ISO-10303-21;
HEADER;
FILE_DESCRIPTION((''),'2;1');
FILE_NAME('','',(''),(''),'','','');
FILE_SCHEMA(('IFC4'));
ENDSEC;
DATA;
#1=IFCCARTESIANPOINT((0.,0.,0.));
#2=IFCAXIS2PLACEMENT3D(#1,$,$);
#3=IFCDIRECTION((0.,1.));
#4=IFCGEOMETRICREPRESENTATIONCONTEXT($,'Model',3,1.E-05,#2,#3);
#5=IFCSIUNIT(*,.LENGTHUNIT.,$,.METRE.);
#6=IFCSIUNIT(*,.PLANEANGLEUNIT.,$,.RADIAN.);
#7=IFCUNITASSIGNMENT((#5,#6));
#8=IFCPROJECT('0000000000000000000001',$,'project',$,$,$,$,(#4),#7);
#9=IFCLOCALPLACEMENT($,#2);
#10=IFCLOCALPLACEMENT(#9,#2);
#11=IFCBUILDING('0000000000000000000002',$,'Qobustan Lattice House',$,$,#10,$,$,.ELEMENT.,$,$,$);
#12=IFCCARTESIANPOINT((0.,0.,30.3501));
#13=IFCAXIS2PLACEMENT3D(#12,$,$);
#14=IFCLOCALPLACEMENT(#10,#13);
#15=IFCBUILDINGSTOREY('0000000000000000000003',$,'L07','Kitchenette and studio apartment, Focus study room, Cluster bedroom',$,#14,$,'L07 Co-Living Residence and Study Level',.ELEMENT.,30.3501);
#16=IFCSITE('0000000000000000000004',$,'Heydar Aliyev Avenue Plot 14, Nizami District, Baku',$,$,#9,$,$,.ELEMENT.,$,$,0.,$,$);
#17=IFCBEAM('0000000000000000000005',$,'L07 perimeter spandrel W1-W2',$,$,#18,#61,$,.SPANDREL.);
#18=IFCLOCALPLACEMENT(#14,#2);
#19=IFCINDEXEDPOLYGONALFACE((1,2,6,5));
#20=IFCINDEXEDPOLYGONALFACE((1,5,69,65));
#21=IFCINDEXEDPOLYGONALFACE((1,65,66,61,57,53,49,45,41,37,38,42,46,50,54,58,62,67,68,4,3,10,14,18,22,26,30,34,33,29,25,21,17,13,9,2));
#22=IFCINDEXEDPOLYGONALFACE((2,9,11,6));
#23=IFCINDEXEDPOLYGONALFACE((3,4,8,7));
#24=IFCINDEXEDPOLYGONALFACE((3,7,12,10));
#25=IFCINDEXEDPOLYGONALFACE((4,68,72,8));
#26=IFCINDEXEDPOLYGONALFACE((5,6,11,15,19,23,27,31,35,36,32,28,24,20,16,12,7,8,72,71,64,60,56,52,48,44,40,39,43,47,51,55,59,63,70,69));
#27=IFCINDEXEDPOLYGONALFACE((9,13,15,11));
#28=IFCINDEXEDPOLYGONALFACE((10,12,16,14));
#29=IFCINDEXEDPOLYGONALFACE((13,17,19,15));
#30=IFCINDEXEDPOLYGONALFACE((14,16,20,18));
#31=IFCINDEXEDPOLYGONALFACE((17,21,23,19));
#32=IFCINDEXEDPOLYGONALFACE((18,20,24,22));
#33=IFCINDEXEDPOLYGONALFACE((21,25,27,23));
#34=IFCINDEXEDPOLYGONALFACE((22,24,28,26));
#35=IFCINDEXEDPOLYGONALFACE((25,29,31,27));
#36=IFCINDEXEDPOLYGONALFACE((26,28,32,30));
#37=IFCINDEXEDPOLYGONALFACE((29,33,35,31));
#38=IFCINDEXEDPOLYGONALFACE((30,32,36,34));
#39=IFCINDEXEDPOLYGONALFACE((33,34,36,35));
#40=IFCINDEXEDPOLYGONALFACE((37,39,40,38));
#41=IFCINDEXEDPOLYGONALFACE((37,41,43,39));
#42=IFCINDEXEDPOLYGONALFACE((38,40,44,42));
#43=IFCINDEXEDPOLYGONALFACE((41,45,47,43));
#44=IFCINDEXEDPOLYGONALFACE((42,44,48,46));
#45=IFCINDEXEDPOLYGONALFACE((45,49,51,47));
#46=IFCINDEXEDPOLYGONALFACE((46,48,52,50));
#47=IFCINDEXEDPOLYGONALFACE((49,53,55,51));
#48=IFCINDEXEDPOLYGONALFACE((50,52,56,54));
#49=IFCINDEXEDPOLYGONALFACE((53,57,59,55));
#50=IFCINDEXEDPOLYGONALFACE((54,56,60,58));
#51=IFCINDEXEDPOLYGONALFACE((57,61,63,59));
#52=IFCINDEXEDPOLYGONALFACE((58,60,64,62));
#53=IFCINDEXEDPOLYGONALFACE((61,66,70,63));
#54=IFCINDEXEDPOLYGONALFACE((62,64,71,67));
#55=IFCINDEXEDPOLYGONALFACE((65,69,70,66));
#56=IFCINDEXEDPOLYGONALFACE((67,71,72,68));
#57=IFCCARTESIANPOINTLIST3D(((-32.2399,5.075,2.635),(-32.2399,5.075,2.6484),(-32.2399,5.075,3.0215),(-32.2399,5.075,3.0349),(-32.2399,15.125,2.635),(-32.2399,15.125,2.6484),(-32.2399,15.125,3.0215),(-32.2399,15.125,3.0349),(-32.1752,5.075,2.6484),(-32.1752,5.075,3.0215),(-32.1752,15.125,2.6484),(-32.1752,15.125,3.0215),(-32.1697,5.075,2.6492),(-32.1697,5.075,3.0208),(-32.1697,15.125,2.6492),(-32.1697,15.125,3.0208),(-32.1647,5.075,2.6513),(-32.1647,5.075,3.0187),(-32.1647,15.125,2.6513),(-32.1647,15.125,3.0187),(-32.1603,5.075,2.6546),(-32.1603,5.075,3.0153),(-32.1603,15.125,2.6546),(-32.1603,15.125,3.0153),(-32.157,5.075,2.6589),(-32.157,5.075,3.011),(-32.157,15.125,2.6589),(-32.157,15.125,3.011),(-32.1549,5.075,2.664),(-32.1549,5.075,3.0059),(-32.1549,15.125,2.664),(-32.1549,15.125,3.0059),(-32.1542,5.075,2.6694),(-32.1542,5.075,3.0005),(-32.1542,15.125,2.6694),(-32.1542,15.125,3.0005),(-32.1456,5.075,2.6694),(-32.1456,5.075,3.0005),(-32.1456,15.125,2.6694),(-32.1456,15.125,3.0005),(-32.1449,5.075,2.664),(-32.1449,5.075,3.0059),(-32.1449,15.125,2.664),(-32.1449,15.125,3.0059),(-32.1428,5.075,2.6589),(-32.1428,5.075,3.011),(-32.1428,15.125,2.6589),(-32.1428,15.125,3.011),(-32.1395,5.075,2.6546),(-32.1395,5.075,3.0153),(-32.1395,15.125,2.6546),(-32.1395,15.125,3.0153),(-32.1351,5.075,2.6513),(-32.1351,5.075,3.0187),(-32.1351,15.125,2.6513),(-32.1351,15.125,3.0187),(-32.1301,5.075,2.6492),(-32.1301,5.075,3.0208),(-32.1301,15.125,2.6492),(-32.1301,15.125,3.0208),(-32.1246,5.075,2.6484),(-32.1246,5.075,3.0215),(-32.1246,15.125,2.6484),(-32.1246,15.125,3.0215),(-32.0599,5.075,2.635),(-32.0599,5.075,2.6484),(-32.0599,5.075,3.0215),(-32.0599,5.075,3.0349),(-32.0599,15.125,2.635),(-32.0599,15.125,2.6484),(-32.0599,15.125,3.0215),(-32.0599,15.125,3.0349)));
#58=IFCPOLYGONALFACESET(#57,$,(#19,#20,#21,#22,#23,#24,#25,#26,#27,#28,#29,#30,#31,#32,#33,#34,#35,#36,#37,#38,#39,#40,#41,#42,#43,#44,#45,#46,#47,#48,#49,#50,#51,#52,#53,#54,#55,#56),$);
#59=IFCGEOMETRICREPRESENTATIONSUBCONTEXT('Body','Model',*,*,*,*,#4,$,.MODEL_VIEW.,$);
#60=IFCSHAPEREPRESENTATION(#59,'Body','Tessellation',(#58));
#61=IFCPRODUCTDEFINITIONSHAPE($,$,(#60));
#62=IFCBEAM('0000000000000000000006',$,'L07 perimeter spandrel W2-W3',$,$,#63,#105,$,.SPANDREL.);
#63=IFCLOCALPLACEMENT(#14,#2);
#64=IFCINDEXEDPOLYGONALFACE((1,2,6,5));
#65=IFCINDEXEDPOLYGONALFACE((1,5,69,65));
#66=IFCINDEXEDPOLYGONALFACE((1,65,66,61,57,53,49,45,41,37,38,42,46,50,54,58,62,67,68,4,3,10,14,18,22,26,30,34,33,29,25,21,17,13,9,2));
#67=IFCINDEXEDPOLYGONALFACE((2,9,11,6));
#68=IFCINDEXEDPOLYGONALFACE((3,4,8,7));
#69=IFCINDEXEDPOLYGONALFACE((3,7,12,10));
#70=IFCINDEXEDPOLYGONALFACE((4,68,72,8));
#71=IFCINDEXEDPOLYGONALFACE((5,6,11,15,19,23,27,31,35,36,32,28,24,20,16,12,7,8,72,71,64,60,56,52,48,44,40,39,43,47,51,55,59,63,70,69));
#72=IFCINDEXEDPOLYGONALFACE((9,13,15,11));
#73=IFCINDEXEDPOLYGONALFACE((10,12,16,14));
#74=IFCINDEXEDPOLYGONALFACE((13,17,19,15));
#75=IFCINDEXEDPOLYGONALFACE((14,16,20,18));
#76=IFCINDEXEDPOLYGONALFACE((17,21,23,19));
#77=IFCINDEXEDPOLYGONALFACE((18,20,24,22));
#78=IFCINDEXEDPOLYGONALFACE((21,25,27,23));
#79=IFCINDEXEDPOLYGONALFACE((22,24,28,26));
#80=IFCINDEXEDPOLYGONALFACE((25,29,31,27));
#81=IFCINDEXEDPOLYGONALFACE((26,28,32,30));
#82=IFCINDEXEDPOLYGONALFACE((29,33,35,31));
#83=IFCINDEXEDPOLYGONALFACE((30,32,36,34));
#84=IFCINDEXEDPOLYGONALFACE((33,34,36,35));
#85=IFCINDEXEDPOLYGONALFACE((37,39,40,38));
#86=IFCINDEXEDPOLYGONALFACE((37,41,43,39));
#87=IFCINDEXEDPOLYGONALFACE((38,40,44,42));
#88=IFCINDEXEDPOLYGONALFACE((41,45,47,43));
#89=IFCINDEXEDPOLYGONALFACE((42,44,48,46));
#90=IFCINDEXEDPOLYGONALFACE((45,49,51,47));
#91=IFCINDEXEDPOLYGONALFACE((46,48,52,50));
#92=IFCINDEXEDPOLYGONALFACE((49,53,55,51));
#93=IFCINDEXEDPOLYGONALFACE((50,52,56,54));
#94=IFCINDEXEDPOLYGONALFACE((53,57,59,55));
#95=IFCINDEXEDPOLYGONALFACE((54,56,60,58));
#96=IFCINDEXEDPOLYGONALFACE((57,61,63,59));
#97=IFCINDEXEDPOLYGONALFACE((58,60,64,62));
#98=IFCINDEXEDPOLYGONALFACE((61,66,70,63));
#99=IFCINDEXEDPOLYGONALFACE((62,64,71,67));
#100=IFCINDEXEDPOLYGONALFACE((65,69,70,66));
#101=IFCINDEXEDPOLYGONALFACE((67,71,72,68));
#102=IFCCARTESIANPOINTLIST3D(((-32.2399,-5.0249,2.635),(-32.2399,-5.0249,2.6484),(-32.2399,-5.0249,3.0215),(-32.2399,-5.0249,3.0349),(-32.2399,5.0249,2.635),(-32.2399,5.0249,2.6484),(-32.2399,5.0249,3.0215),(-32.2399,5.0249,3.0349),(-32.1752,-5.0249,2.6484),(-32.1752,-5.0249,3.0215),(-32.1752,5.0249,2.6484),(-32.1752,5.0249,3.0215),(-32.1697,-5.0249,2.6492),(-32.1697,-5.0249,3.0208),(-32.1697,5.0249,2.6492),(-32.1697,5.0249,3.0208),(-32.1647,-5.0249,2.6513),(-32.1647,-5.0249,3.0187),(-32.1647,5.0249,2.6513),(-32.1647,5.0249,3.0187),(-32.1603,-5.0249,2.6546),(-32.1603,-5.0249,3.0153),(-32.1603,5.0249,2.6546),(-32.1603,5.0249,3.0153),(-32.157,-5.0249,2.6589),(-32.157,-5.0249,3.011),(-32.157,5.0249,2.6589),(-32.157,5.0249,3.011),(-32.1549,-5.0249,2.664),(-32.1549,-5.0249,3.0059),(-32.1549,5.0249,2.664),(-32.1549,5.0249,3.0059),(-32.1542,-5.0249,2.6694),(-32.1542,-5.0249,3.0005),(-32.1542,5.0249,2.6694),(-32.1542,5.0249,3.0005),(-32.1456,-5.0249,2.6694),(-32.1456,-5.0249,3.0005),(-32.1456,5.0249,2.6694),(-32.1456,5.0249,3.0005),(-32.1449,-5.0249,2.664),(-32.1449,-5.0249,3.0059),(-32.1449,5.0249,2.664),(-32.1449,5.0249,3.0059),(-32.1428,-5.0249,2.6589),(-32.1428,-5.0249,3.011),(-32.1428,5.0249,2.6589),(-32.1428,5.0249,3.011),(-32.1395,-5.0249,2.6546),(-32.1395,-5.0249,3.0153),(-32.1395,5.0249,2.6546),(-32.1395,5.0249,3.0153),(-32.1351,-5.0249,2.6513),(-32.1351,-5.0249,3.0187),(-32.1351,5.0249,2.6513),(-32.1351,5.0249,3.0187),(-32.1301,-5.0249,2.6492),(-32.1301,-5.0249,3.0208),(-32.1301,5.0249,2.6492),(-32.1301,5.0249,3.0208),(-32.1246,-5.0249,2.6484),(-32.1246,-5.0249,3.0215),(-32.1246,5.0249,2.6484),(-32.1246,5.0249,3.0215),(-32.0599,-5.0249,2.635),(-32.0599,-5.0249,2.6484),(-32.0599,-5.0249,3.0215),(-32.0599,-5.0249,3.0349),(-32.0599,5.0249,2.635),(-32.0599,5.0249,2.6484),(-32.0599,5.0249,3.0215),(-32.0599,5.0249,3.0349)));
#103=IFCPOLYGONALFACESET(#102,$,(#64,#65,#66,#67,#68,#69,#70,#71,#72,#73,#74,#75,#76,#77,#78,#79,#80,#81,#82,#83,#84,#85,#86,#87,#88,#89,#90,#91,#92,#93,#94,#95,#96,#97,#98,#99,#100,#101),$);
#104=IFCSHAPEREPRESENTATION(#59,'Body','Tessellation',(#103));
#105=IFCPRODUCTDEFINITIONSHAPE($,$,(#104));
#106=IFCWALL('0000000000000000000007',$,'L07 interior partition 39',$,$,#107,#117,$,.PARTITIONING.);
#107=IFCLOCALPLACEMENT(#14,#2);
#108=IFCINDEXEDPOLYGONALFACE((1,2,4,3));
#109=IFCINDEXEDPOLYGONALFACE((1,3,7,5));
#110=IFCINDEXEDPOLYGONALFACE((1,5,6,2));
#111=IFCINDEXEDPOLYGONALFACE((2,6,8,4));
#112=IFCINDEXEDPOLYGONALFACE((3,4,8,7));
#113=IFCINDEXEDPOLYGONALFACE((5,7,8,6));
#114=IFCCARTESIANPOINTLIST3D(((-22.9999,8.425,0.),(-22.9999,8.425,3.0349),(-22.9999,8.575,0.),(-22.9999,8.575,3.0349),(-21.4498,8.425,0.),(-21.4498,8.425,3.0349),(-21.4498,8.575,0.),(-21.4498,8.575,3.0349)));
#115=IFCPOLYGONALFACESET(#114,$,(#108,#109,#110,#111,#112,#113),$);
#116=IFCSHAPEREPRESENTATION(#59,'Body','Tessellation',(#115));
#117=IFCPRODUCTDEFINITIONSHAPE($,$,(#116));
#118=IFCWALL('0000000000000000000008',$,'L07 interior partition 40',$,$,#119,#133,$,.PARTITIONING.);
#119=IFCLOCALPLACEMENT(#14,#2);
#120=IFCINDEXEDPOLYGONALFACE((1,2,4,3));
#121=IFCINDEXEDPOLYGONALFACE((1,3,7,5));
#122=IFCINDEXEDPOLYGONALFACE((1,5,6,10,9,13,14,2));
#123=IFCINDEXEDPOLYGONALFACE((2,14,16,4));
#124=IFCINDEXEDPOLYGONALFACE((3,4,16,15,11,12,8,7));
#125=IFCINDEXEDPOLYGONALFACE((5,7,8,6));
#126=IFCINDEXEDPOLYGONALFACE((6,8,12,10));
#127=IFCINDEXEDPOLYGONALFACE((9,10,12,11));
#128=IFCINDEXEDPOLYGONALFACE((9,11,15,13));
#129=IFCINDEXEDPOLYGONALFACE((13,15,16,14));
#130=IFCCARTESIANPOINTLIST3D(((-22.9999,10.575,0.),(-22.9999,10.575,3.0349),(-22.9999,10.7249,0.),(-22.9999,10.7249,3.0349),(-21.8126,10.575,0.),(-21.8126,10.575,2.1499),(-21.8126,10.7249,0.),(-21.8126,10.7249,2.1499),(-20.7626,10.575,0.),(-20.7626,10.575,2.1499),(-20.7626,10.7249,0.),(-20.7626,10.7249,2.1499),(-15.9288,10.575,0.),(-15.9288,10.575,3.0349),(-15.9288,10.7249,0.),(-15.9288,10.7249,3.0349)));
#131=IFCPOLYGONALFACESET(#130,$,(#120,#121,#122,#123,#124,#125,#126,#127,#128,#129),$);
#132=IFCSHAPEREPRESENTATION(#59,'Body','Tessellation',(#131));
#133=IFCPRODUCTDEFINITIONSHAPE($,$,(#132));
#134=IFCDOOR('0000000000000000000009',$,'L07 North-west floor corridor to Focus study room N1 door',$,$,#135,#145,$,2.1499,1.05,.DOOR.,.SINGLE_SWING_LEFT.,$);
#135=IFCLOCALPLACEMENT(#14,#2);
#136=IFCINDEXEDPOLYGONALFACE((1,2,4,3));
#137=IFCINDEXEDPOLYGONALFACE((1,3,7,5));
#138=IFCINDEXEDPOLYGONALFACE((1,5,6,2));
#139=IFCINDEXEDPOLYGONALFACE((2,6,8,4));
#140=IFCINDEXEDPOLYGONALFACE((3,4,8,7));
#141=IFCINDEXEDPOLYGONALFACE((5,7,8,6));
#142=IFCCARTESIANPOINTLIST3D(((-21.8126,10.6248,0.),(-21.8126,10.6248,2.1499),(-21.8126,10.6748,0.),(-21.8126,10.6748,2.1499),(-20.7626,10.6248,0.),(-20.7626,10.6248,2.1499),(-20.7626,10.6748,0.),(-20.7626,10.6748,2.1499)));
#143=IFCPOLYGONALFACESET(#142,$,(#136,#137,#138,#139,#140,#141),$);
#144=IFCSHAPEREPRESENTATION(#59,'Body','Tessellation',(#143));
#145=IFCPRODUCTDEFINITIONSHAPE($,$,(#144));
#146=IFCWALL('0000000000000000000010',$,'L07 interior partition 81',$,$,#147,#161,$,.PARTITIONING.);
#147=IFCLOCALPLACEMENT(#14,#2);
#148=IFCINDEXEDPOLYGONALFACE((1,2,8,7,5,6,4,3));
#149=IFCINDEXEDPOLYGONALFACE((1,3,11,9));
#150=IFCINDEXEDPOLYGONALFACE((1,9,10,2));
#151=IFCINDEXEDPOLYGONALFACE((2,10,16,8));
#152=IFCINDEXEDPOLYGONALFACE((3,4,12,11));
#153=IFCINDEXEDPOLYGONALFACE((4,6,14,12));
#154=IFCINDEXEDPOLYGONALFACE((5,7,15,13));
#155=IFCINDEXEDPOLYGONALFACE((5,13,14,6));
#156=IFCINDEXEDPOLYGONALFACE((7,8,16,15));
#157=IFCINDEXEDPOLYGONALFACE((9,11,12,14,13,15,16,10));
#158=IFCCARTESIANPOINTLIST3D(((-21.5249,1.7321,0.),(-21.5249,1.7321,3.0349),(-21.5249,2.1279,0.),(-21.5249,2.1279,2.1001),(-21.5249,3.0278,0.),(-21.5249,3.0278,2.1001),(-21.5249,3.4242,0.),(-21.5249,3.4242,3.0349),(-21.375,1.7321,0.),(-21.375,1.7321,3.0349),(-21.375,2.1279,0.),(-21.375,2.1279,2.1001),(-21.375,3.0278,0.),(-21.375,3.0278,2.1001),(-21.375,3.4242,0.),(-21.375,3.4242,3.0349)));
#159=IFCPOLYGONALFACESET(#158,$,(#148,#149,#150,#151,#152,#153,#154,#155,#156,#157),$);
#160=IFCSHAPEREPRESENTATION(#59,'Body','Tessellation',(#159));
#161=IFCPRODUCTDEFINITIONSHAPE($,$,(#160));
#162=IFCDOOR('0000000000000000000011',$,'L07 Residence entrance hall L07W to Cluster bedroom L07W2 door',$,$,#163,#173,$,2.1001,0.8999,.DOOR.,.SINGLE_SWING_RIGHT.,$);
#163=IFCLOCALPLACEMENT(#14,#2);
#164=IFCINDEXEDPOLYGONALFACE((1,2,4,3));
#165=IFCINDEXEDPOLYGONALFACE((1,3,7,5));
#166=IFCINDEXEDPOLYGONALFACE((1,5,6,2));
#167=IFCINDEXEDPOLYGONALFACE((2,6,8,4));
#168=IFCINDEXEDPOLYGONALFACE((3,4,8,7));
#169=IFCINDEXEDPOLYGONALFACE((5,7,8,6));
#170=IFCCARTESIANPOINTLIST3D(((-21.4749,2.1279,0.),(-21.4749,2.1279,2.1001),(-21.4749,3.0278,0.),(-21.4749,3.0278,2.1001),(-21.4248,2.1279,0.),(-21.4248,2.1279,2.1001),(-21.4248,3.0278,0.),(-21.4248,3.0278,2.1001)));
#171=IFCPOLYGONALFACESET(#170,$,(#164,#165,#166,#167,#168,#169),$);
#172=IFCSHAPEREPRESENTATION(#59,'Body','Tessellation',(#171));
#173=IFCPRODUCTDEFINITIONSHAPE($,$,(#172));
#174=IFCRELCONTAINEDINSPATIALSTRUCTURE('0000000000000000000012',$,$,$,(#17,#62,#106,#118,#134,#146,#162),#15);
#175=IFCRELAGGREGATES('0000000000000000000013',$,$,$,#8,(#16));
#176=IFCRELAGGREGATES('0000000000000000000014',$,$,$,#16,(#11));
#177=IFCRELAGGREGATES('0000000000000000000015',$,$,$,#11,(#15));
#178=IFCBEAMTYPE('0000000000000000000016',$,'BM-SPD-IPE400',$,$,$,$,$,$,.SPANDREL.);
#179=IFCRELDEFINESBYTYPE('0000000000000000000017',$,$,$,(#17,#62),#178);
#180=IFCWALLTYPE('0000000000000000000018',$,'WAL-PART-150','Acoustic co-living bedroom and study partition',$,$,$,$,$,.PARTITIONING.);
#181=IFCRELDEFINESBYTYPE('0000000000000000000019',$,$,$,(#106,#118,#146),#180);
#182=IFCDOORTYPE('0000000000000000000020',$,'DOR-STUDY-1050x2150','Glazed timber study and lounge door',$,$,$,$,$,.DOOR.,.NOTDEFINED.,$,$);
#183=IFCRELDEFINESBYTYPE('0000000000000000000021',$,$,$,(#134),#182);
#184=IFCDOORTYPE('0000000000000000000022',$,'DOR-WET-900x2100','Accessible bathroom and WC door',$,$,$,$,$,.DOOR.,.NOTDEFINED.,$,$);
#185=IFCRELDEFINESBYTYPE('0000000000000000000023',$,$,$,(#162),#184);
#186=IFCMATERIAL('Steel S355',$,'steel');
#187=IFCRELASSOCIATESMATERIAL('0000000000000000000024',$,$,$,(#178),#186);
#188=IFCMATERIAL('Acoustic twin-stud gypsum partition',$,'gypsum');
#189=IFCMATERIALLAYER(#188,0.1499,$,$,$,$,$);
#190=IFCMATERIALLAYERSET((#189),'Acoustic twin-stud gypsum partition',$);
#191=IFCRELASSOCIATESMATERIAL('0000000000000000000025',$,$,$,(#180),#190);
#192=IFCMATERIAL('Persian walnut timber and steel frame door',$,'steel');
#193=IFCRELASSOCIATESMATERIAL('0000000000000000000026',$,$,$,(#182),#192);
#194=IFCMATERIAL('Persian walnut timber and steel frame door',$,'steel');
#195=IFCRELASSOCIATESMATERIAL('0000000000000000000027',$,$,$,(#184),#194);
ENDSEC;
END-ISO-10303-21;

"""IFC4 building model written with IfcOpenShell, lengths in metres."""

from ifc_helpers import new_model, si_unit, direction, frame, frame_2d, origin, origin_2d, place, context, subcontext, project, spatial, rectangle, i_section, extrude, material, layer, layer_set, material_profile, profile_set, type_object, element, fill, save


model = new_model("IFC4")

# Units and contexts
model_context = context("Model", 3, precision=1e-05, world=origin(), true_north=direction((0.0, 1.0)))
body_context = subcontext(model_context, "Body", "Model", "MODEL_VIEW")
ifc_project = project(units=[si_unit("LENGTHUNIT", "METRE"), si_unit("PLANEANGLEUNIT", "RADIAN")], contexts=[model_context])

# Site, building, storey
site_placement = place(None, origin())
site = spatial("IfcSite", under=ifc_project, at=site_placement, Name="Heydar Aliyev Avenue Plot 14, Nizami District, Baku", CompositionType="ELEMENT", RefElevation=0.0)
building_placement = place(site_placement, origin())
building = spatial("IfcBuilding", under=site, at=building_placement, Name="Qobustan Lattice House", CompositionType="ELEMENT")
storey_placement = place(building_placement, frame((0.0, 0.0, 30.3501)))
storey = spatial("IfcBuildingStorey", under=building, at=storey_placement, Name="L07", Description="Kitchenette and studio apartment, Focus study room, Cluster bedroom", LongName="L07 Co-Living Residence and Study Level", CompositionType="ELEMENT", Elevation=30.3501)

# Beams
ifc_material_1 = material(Name="Steel S355", Category="steel")
ifc_material_profile_1 = material_profile(ifc_material_1, i_section(OverallWidth=0.1799, OverallDepth=0.3999, WebThickness=0.0085, FlangeThickness=0.0134, FilletRadius=0.021, at=origin_2d()), Name="IPE400")
ifc_profile_set_1 = profile_set([ifc_material_profile_1], Name="Steel S355")
beam_type_1 = type_object("IfcBeamType", Name="BM-SPD-IPE400", PredefinedType="SPANDREL", material=ifc_profile_set_1)
beam_1_placement = place(storey_placement, frame((-32.1499, 15.125, 2.835), z_axis=(0.0, -1.0, 0.0), x_axis=(1.0, 0.0, 0.0)))
element("IfcBeam", 1, at=beam_1_placement, inside=storey, type_object=beam_type_1, Name="L07 perimeter spandrel W1-W2", PredefinedType="SPANDREL", context=body_context, shape_type="SweptSolid", body=[
    extrude(i_section(OverallWidth=0.1799, OverallDepth=0.3999, WebThickness=0.0085, FlangeThickness=0.0134, FilletRadius=0.021, at=origin_2d()), origin(), (0.0, 0.0, 1.0), 10.05),
])
beam_2_placement = place(storey_placement, frame((-32.1499, 5.0249, 2.835), z_axis=(0.0, -1.0, 0.0), x_axis=(1.0, 0.0, 0.0)))
element("IfcBeam", 2, at=beam_2_placement, inside=storey, type_object=beam_type_1, Name="L07 perimeter spandrel W2-W3", PredefinedType="SPANDREL", context=body_context, shape_type="SweptSolid", body=[
    extrude(i_section(OverallWidth=0.1799, OverallDepth=0.3999, WebThickness=0.0085, FlangeThickness=0.0134, FilletRadius=0.021, at=origin_2d()), origin(), (0.0, 0.0, 1.0), 10.0498),
])

# Wall
ifc_material_2 = material(Name="Acoustic twin-stud gypsum partition", Category="gypsum")
ifc_layer_1 = layer(ifc_material_2, 0.1499)
ifc_layer_set_1 = layer_set([ifc_layer_1], Name="Acoustic twin-stud gypsum partition")
wall_type_1 = type_object("IfcWallType", Name="WAL-PART-150", Description="Acoustic co-living bedroom and study partition", PredefinedType="PARTITIONING", material=ifc_layer_set_1)
wall_1_placement = place(storey_placement, frame((-21.45, 8.5, 0.0), z_axis=(0.0, 0.0, 1.0), x_axis=(-1.0, 0.0, 0.0)))
element("IfcWall", 3, at=wall_1_placement, inside=storey, type_object=wall_type_1, Name="L07 interior partition 39", PredefinedType="PARTITIONING", context=body_context, shape_type="SweptSolid", body=[
    extrude(rectangle(XDim=1.55, YDim=0.1499, at=frame_2d((0.7749, 0.0))), origin(), (0.0, 0.0, 1.0), 3.0349),
])

# Walls, openings, doors
wall_2_placement = place(storey_placement, frame((-23.0, 10.6499, 0.0), z_axis=(0.0, 0.0, 1.0), x_axis=(1.0, 0.0, 0.0)))
wall_2 = element("IfcWall", 4, at=wall_2_placement, inside=storey, type_object=wall_type_1, Name="L07 interior partition 40", PredefinedType="PARTITIONING", context=body_context, shape_type="SweptSolid", body=[
    extrude(rectangle(XDim=7.071, YDim=0.1499, at=frame_2d((3.5356, 0.0))), origin(), (0.0, 0.0, 1.0), 3.0349),
])
opening_1_placement = place(wall_2_placement, frame((1.1875, 0.0, 0.0)))
opening_1 = element("IfcOpeningElement", 5, at=opening_1_placement, cuts=wall_2, PredefinedType="OPENING", context=body_context, shape_type="SweptSolid", body=[
    extrude(rectangle(XDim=1.05, YDim=2.1499, at=frame_2d((0.5249, 1.075))), frame((0.0, 0.085, 0.0), z_axis=(0.0, -1.0, 0.0), x_axis=(1.0, 0.0, 0.0)), (0.0, 0.0, 1.0), 0.1699),
])
ifc_material_3 = material(Name="Persian walnut timber and steel frame door", Category="steel")
door_type_1 = type_object("IfcDoorType", Name="DOR-STUDY-1050x2150", Description="Glazed timber study and lounge door", OperationType="NOTDEFINED", PredefinedType="DOOR", material=ifc_material_3)
door_1_placement = place(opening_1_placement, origin())
door_1 = element("IfcDoor", 6, at=door_1_placement, inside=storey, type_object=door_type_1, Name="L07 North-west floor corridor to Focus study room N1 door", OperationType="SINGLE_SWING_LEFT", OverallHeight=2.1499, OverallWidth=1.05, PredefinedType="DOOR", context=body_context, shape_type="SweptSolid", body=[
    extrude(rectangle(XDim=1.05, YDim=2.1499, at=frame_2d((0.5249, 1.075))), frame((0.0, 0.0249, 0.0), z_axis=(0.0, -1.0, 0.0), x_axis=(1.0, 0.0, 0.0)), (0.0, 0.0, 1.0), 0.05),
])
fill(opening_1, door_1)
wall_3_placement = place(storey_placement, frame((-21.45, 1.7319, 0.0), z_axis=(0.0, 0.0, 1.0), x_axis=(0.0, 1.0, 0.0)))
wall_3 = element("IfcWall", 7, at=wall_3_placement, inside=storey, type_object=wall_type_1, Name="L07 interior partition 81", PredefinedType="PARTITIONING", context=body_context, shape_type="SweptSolid", body=[
    extrude(rectangle(XDim=1.6921, YDim=0.1499, at=frame_2d((0.8462, 0.0))), origin(), (0.0, 0.0, 1.0), 3.0349),
])
opening_2_placement = place(wall_3_placement, frame((0.396, 0.0, 0.0)))
opening_2 = element("IfcOpeningElement", 8, at=opening_2_placement, cuts=wall_3, PredefinedType="OPENING", context=body_context, shape_type="SweptSolid", body=[
    extrude(rectangle(XDim=0.8999, YDim=2.1001, at=frame_2d((0.45, 1.05))), frame((0.0, 0.085, 0.0), z_axis=(0.0, -1.0, 0.0), x_axis=(1.0, 0.0, 0.0)), (0.0, 0.0, 1.0), 0.1699),
])
ifc_material_4 = material(Name="Persian walnut timber and steel frame door", Category="steel")
door_type_2 = type_object("IfcDoorType", Name="DOR-WET-900x2100", Description="Accessible bathroom and WC door", OperationType="NOTDEFINED", PredefinedType="DOOR", material=ifc_material_4)
door_2_placement = place(opening_2_placement, origin())
door_2 = element("IfcDoor", 9, at=door_2_placement, inside=storey, type_object=door_type_2, Name="L07 Residence entrance hall L07W to Cluster bedroom L07W2 door", OperationType="SINGLE_SWING_RIGHT", OverallHeight=2.1001, OverallWidth=0.8999, PredefinedType="DOOR", context=body_context, shape_type="SweptSolid", body=[
    extrude(rectangle(XDim=0.8999, YDim=2.1001, at=frame_2d((0.45, 1.05))), frame((0.0, 0.0249, 0.0), z_axis=(0.0, -1.0, 0.0), x_axis=(1.0, 0.0, 0.0)), (0.0, 0.0, 1.0), 0.05),
])
fill(opening_2, door_2)

save(model, "model.ifc")
